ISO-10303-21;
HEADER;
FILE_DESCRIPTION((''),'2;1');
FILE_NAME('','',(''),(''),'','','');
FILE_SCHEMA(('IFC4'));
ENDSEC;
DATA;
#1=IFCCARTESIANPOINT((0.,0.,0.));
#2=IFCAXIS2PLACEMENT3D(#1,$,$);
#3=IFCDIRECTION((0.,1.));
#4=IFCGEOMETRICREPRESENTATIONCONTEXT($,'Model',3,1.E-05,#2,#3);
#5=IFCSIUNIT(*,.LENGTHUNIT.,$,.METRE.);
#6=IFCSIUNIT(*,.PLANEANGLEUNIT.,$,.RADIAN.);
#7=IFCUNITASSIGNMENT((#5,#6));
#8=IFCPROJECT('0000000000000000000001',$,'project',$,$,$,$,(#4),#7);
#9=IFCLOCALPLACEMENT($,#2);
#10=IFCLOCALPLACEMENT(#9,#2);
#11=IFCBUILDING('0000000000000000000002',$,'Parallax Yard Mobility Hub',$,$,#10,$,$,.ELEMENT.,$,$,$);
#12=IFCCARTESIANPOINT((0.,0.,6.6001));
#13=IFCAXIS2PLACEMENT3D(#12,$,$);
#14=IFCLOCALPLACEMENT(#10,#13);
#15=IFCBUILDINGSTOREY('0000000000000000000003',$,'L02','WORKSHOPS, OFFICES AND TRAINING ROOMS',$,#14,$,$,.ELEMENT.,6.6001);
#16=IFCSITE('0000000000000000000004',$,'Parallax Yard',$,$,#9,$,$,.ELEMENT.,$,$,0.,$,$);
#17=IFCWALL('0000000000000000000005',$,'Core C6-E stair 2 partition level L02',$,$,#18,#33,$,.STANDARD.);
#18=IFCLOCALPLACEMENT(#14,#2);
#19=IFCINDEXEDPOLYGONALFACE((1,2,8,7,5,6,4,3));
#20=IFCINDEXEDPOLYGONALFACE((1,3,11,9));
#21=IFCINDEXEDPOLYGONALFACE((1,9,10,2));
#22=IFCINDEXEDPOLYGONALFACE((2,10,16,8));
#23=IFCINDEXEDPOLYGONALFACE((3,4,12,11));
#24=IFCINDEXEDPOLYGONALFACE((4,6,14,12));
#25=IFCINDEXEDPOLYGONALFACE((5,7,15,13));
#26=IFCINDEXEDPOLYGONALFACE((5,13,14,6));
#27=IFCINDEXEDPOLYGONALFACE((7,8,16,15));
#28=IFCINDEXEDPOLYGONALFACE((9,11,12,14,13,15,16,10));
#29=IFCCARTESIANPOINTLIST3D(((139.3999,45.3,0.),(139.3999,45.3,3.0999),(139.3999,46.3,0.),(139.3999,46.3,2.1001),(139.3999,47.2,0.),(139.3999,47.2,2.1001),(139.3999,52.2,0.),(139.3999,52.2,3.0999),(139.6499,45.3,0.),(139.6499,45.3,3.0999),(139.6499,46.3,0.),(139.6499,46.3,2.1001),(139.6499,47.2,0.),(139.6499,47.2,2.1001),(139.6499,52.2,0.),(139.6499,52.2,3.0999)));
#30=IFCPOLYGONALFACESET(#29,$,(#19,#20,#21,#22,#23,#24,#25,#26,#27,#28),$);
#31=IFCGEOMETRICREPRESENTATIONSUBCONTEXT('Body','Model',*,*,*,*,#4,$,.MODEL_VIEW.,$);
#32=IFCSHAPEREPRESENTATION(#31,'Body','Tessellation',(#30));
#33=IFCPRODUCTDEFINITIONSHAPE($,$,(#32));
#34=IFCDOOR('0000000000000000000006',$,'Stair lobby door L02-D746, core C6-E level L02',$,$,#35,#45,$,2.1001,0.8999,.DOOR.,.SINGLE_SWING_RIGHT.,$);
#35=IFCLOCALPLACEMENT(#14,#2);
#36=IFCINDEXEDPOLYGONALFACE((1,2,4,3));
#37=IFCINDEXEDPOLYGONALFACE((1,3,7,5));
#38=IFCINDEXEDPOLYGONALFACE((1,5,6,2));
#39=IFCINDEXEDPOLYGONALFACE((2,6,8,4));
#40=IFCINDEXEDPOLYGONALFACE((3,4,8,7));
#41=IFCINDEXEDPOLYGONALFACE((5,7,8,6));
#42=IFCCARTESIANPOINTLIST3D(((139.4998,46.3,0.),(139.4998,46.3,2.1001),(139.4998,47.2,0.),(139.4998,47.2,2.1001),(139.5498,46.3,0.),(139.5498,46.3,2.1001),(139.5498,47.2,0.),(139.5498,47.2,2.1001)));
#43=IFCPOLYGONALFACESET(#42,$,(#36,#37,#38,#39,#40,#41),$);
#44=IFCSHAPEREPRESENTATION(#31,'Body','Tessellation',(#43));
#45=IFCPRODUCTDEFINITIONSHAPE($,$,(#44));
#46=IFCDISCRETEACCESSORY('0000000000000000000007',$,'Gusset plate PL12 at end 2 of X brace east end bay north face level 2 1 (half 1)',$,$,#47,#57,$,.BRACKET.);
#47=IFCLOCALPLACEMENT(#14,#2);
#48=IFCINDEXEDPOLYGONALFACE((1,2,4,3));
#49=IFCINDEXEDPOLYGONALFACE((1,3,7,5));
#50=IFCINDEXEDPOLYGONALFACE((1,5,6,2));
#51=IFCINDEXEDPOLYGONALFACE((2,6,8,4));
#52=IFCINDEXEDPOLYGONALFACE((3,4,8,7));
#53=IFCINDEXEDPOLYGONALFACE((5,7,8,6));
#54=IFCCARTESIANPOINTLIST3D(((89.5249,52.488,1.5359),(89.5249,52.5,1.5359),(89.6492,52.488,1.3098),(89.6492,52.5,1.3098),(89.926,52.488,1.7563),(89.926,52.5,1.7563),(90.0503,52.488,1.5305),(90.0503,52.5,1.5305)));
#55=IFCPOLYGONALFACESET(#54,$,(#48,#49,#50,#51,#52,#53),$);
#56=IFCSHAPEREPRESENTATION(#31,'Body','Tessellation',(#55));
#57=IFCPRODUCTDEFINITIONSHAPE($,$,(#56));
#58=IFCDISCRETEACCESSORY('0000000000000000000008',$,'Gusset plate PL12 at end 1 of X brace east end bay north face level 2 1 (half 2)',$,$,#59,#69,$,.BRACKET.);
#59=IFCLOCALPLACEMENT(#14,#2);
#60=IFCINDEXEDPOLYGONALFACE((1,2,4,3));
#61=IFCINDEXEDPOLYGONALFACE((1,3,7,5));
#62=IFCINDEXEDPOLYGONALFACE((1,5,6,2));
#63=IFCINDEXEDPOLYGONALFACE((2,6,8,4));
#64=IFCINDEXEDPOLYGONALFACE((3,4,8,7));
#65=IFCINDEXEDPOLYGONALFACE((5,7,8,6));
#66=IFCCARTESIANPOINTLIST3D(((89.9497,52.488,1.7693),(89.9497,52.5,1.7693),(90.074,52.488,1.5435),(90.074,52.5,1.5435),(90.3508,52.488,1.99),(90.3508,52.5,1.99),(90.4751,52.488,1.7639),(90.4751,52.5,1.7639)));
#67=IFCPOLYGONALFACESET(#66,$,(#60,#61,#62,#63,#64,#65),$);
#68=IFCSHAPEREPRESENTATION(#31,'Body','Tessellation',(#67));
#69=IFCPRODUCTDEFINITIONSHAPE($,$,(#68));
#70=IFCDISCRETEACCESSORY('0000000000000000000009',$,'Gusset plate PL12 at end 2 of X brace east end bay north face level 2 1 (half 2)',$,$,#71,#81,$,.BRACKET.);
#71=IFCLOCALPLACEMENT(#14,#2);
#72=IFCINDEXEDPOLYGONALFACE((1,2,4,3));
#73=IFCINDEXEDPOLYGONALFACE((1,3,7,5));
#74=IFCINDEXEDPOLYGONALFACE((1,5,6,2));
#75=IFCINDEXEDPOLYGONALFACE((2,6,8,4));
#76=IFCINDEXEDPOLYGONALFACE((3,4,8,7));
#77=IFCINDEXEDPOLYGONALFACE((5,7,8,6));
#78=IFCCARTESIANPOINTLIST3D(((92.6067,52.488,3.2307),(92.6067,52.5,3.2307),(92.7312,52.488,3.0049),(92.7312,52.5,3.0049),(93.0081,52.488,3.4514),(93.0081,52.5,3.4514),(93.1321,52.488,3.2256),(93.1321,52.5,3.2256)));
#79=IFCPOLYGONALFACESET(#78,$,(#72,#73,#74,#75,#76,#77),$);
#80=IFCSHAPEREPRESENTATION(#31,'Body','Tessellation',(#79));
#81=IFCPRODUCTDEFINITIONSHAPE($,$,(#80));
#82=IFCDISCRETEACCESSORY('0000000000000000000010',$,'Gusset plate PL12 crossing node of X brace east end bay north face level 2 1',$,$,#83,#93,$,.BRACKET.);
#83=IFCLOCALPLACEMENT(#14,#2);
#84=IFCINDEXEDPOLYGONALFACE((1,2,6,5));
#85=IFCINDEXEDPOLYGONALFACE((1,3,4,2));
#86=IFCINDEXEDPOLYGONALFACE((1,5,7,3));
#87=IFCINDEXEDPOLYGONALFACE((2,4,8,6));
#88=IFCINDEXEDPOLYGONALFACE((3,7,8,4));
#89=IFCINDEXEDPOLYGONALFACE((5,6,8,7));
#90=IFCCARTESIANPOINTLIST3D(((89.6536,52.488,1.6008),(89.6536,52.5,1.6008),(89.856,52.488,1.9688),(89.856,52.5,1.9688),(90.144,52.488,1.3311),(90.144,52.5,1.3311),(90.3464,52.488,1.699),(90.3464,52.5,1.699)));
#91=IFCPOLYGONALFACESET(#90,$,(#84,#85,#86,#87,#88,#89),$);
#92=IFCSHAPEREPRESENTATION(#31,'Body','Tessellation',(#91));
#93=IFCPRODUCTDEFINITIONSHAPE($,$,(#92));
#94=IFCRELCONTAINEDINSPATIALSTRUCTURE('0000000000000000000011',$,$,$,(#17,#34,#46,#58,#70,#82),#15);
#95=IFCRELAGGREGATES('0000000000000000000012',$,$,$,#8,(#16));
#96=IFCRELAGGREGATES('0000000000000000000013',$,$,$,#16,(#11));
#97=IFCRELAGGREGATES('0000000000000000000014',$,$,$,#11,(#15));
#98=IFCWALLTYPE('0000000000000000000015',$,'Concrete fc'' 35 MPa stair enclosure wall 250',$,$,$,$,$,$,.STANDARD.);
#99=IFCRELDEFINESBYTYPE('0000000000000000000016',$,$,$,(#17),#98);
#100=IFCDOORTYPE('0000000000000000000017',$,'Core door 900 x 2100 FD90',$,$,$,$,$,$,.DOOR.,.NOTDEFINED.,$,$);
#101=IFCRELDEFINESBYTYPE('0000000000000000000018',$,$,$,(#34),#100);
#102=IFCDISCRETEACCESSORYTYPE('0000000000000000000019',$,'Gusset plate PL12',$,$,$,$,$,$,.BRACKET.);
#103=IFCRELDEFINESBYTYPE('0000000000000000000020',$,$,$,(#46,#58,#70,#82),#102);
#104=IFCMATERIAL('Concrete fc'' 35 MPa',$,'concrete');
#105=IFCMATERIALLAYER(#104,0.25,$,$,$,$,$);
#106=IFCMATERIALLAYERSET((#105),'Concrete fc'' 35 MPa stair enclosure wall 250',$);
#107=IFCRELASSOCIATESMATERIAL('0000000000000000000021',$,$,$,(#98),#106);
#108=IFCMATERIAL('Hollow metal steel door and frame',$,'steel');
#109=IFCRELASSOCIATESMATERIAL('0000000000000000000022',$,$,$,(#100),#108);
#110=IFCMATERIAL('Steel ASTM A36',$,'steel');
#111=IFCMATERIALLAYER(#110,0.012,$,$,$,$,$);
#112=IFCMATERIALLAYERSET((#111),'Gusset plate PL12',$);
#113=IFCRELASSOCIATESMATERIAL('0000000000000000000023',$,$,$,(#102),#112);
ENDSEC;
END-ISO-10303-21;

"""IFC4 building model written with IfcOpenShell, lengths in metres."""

from ifc_helpers import new_model, si_unit, direction, frame, frame_2d, origin, place, context, subcontext, project, spatial, polyline, rectangle, outline, extrude, material, layer, layer_set, type_object, element, fill, save


model = new_model("IFC4")

# Units and contexts
model_context = context("Model", 3, precision=1e-05, world=origin(), true_north=direction((0.0, 1.0)))
body_context = subcontext(model_context, "Body", "Model", "MODEL_VIEW")
ifc_project = project(units=[si_unit("LENGTHUNIT", "METRE"), si_unit("PLANEANGLEUNIT", "RADIAN")], contexts=[model_context])

# Site, building, storey
site_placement = place(None, origin())
site = spatial("IfcSite", under=ifc_project, at=site_placement, Name="Parallax Yard", CompositionType="ELEMENT", RefElevation=0.0)
building_placement = place(site_placement, origin())
building = spatial("IfcBuilding", under=site, at=building_placement, Name="Parallax Yard Mobility Hub", CompositionType="ELEMENT")
storey_placement = place(building_placement, frame((0.0, 0.0, 6.6001)))
storey = spatial("IfcBuildingStorey", under=building, at=storey_placement, Name="L02", Description="WORKSHOPS, OFFICES AND TRAINING ROOMS", CompositionType="ELEMENT", Elevation=6.6001)

# Shared definitions
ifc_material_1 = material(Name="Concrete fc' 35 MPa", Category="concrete")

# Wall, opening, door
ifc_layer_1 = layer(ifc_material_1, 0.25)
ifc_layer_set_1 = layer_set([ifc_layer_1], Name="Concrete fc' 35 MPa stair enclosure wall 250")
wall_type_1 = type_object("IfcWallType", Name="Concrete fc' 35 MPa stair enclosure wall 250", PredefinedType="STANDARD", material=ifc_layer_set_1)
ifc_material_2 = material(Name="Hollow metal steel door and frame", Category="steel")
door_type = type_object("IfcDoorType", Name="Core door 900 x 2100 FD90", OperationType="NOTDEFINED", PredefinedType="DOOR", material=ifc_material_2)
wall_1_placement = place(storey_placement, frame((139.5249, 52.2, 0.0), z_axis=(0.0, 0.0, 1.0), x_axis=(0.0, -1.0, 0.0)))
wall_1 = element("IfcWall", 1, at=wall_1_placement, inside=storey, type_object=wall_type_1, Name="Core C6-E stair 2 partition level L02", PredefinedType="STANDARD", context=body_context, shape_type="SweptSolid", body=[
    extrude(rectangle(XDim=6.8999, YDim=0.25, at=frame_2d((3.45, 0.0))), origin(), (0.0, 0.0, 1.0), 3.0999),
])
opening_1_placement = place(wall_1_placement, frame((5.0, 0.0, 0.0)))
opening_1 = element("IfcOpeningElement", 2, at=opening_1_placement, cuts=wall_1, PredefinedType="OPENING", context=body_context, shape_type="SweptSolid", body=[
    extrude(rectangle(XDim=0.8999, YDim=2.1001, at=frame_2d((0.45, 1.05))), frame((0.0, 0.135, 0.0), z_axis=(0.0, -1.0, 0.0), x_axis=(1.0, 0.0, 0.0)), (0.0, 0.0, 1.0), 0.27),
])
door_1_placement = place(opening_1_placement, origin())
door_1 = element("IfcDoor", 3, at=door_1_placement, inside=storey, type_object=door_type, Name="Stair lobby door L02-D746, core C6-E level L02", OperationType="SINGLE_SWING_RIGHT", OverallHeight=2.1001, OverallWidth=0.8999, PredefinedType="DOOR", context=body_context, shape_type="SweptSolid", body=[
    extrude(rectangle(XDim=0.8999, YDim=2.1001, at=frame_2d((0.45, 1.05))), frame((0.0, 0.0249, 0.0), z_axis=(0.0, -1.0, 0.0), x_axis=(1.0, 0.0, 0.0)), (0.0, 0.0, 1.0), 0.05),
])
fill(opening_1, door_1)

# Discrete accessories
ifc_material_3 = material(Name="Steel ASTM A36", Category="steel")
ifc_layer_2 = layer(ifc_material_3, 0.012)
ifc_layer_set_2 = layer_set([ifc_layer_2], Name="Gusset plate PL12")
discrete_accessory_type = type_object("IfcDiscreteAccessoryType", Name="Gusset plate PL12", PredefinedType="BRACKET", material=ifc_layer_set_2)
for number, where, z_axis, x_axis, name in (
    (4, (89.5249, 52.5, 1.5359), (0.0, 1.0, 0.0), (0.876362, 0.0, 0.481653), "Gusset plate PL12 at end 2 of X brace east end bay north face level 2 1 (half 1)"),
    (5, (90.4751, 52.5, 1.7639), (0.0, 1.0, 0.0), (-0.876362, 0.0, -0.481653), "Gusset plate PL12 at end 1 of X brace east end bay north face level 2 1 (half 2)"),
):
    element("IfcDiscreteAccessory", number, at=place(storey_placement, frame(where, z_axis=z_axis, x_axis=x_axis)), inside=storey, type_object=discrete_accessory_type, Name=name, PredefinedType="BRACKET", context=body_context, shape_type="SweptSolid", body=[
        extrude(outline(polyline([(0.0, 0.0), (0.4577, 0.0), (0.4578, 0.2578), (0.0, 0.258), (0.0, 0.0)])), origin(), (0.0, 0.0, -1.0), 0.012),
    ])
discrete_accessory_1_placement = place(storey_placement, frame((92.6067, 52.5, 3.2307), z_axis=(0.0, 1.0, 0.0), x_axis=(0.876261, 0.0, 0.481837)))
element("IfcDiscreteAccessory", 6, at=discrete_accessory_1_placement, inside=storey, type_object=discrete_accessory_type, Name="Gusset plate PL12 at end 2 of X brace east end bay north face level 2 1 (half 2)", PredefinedType="BRACKET", context=body_context, shape_type="SweptSolid", body=[
    extrude(outline(polyline([(0.0, 0.0), (0.458, 0.0), (0.4579, 0.2576), (0.0003, 0.2579), (0.0, 0.0)])), origin(), (0.0, 0.0, -1.0), 0.012),
])
discrete_accessory_2_placement = place(storey_placement, frame((90.144, 52.5, 1.3311), z_axis=(0.0, 1.0, 0.0), x_axis=(-0.876207, 0.0, 0.481935)))
element("IfcDiscreteAccessory", 7, at=discrete_accessory_2_placement, inside=storey, type_object=discrete_accessory_type, Name="Gusset plate PL12 crossing node of X brace east end bay north face level 2 1", PredefinedType="BRACKET", context=body_context, shape_type="SweptSolid", body=[
    extrude(outline(polyline([(0.0, 0.0), (0.5598, 0.0), (0.5598, 0.4199), (0.0, 0.4199), (0.0, 0.0)])), origin(), (0.0, 0.0, -1.0), 0.012),
])

save(model, "model.ifc")
